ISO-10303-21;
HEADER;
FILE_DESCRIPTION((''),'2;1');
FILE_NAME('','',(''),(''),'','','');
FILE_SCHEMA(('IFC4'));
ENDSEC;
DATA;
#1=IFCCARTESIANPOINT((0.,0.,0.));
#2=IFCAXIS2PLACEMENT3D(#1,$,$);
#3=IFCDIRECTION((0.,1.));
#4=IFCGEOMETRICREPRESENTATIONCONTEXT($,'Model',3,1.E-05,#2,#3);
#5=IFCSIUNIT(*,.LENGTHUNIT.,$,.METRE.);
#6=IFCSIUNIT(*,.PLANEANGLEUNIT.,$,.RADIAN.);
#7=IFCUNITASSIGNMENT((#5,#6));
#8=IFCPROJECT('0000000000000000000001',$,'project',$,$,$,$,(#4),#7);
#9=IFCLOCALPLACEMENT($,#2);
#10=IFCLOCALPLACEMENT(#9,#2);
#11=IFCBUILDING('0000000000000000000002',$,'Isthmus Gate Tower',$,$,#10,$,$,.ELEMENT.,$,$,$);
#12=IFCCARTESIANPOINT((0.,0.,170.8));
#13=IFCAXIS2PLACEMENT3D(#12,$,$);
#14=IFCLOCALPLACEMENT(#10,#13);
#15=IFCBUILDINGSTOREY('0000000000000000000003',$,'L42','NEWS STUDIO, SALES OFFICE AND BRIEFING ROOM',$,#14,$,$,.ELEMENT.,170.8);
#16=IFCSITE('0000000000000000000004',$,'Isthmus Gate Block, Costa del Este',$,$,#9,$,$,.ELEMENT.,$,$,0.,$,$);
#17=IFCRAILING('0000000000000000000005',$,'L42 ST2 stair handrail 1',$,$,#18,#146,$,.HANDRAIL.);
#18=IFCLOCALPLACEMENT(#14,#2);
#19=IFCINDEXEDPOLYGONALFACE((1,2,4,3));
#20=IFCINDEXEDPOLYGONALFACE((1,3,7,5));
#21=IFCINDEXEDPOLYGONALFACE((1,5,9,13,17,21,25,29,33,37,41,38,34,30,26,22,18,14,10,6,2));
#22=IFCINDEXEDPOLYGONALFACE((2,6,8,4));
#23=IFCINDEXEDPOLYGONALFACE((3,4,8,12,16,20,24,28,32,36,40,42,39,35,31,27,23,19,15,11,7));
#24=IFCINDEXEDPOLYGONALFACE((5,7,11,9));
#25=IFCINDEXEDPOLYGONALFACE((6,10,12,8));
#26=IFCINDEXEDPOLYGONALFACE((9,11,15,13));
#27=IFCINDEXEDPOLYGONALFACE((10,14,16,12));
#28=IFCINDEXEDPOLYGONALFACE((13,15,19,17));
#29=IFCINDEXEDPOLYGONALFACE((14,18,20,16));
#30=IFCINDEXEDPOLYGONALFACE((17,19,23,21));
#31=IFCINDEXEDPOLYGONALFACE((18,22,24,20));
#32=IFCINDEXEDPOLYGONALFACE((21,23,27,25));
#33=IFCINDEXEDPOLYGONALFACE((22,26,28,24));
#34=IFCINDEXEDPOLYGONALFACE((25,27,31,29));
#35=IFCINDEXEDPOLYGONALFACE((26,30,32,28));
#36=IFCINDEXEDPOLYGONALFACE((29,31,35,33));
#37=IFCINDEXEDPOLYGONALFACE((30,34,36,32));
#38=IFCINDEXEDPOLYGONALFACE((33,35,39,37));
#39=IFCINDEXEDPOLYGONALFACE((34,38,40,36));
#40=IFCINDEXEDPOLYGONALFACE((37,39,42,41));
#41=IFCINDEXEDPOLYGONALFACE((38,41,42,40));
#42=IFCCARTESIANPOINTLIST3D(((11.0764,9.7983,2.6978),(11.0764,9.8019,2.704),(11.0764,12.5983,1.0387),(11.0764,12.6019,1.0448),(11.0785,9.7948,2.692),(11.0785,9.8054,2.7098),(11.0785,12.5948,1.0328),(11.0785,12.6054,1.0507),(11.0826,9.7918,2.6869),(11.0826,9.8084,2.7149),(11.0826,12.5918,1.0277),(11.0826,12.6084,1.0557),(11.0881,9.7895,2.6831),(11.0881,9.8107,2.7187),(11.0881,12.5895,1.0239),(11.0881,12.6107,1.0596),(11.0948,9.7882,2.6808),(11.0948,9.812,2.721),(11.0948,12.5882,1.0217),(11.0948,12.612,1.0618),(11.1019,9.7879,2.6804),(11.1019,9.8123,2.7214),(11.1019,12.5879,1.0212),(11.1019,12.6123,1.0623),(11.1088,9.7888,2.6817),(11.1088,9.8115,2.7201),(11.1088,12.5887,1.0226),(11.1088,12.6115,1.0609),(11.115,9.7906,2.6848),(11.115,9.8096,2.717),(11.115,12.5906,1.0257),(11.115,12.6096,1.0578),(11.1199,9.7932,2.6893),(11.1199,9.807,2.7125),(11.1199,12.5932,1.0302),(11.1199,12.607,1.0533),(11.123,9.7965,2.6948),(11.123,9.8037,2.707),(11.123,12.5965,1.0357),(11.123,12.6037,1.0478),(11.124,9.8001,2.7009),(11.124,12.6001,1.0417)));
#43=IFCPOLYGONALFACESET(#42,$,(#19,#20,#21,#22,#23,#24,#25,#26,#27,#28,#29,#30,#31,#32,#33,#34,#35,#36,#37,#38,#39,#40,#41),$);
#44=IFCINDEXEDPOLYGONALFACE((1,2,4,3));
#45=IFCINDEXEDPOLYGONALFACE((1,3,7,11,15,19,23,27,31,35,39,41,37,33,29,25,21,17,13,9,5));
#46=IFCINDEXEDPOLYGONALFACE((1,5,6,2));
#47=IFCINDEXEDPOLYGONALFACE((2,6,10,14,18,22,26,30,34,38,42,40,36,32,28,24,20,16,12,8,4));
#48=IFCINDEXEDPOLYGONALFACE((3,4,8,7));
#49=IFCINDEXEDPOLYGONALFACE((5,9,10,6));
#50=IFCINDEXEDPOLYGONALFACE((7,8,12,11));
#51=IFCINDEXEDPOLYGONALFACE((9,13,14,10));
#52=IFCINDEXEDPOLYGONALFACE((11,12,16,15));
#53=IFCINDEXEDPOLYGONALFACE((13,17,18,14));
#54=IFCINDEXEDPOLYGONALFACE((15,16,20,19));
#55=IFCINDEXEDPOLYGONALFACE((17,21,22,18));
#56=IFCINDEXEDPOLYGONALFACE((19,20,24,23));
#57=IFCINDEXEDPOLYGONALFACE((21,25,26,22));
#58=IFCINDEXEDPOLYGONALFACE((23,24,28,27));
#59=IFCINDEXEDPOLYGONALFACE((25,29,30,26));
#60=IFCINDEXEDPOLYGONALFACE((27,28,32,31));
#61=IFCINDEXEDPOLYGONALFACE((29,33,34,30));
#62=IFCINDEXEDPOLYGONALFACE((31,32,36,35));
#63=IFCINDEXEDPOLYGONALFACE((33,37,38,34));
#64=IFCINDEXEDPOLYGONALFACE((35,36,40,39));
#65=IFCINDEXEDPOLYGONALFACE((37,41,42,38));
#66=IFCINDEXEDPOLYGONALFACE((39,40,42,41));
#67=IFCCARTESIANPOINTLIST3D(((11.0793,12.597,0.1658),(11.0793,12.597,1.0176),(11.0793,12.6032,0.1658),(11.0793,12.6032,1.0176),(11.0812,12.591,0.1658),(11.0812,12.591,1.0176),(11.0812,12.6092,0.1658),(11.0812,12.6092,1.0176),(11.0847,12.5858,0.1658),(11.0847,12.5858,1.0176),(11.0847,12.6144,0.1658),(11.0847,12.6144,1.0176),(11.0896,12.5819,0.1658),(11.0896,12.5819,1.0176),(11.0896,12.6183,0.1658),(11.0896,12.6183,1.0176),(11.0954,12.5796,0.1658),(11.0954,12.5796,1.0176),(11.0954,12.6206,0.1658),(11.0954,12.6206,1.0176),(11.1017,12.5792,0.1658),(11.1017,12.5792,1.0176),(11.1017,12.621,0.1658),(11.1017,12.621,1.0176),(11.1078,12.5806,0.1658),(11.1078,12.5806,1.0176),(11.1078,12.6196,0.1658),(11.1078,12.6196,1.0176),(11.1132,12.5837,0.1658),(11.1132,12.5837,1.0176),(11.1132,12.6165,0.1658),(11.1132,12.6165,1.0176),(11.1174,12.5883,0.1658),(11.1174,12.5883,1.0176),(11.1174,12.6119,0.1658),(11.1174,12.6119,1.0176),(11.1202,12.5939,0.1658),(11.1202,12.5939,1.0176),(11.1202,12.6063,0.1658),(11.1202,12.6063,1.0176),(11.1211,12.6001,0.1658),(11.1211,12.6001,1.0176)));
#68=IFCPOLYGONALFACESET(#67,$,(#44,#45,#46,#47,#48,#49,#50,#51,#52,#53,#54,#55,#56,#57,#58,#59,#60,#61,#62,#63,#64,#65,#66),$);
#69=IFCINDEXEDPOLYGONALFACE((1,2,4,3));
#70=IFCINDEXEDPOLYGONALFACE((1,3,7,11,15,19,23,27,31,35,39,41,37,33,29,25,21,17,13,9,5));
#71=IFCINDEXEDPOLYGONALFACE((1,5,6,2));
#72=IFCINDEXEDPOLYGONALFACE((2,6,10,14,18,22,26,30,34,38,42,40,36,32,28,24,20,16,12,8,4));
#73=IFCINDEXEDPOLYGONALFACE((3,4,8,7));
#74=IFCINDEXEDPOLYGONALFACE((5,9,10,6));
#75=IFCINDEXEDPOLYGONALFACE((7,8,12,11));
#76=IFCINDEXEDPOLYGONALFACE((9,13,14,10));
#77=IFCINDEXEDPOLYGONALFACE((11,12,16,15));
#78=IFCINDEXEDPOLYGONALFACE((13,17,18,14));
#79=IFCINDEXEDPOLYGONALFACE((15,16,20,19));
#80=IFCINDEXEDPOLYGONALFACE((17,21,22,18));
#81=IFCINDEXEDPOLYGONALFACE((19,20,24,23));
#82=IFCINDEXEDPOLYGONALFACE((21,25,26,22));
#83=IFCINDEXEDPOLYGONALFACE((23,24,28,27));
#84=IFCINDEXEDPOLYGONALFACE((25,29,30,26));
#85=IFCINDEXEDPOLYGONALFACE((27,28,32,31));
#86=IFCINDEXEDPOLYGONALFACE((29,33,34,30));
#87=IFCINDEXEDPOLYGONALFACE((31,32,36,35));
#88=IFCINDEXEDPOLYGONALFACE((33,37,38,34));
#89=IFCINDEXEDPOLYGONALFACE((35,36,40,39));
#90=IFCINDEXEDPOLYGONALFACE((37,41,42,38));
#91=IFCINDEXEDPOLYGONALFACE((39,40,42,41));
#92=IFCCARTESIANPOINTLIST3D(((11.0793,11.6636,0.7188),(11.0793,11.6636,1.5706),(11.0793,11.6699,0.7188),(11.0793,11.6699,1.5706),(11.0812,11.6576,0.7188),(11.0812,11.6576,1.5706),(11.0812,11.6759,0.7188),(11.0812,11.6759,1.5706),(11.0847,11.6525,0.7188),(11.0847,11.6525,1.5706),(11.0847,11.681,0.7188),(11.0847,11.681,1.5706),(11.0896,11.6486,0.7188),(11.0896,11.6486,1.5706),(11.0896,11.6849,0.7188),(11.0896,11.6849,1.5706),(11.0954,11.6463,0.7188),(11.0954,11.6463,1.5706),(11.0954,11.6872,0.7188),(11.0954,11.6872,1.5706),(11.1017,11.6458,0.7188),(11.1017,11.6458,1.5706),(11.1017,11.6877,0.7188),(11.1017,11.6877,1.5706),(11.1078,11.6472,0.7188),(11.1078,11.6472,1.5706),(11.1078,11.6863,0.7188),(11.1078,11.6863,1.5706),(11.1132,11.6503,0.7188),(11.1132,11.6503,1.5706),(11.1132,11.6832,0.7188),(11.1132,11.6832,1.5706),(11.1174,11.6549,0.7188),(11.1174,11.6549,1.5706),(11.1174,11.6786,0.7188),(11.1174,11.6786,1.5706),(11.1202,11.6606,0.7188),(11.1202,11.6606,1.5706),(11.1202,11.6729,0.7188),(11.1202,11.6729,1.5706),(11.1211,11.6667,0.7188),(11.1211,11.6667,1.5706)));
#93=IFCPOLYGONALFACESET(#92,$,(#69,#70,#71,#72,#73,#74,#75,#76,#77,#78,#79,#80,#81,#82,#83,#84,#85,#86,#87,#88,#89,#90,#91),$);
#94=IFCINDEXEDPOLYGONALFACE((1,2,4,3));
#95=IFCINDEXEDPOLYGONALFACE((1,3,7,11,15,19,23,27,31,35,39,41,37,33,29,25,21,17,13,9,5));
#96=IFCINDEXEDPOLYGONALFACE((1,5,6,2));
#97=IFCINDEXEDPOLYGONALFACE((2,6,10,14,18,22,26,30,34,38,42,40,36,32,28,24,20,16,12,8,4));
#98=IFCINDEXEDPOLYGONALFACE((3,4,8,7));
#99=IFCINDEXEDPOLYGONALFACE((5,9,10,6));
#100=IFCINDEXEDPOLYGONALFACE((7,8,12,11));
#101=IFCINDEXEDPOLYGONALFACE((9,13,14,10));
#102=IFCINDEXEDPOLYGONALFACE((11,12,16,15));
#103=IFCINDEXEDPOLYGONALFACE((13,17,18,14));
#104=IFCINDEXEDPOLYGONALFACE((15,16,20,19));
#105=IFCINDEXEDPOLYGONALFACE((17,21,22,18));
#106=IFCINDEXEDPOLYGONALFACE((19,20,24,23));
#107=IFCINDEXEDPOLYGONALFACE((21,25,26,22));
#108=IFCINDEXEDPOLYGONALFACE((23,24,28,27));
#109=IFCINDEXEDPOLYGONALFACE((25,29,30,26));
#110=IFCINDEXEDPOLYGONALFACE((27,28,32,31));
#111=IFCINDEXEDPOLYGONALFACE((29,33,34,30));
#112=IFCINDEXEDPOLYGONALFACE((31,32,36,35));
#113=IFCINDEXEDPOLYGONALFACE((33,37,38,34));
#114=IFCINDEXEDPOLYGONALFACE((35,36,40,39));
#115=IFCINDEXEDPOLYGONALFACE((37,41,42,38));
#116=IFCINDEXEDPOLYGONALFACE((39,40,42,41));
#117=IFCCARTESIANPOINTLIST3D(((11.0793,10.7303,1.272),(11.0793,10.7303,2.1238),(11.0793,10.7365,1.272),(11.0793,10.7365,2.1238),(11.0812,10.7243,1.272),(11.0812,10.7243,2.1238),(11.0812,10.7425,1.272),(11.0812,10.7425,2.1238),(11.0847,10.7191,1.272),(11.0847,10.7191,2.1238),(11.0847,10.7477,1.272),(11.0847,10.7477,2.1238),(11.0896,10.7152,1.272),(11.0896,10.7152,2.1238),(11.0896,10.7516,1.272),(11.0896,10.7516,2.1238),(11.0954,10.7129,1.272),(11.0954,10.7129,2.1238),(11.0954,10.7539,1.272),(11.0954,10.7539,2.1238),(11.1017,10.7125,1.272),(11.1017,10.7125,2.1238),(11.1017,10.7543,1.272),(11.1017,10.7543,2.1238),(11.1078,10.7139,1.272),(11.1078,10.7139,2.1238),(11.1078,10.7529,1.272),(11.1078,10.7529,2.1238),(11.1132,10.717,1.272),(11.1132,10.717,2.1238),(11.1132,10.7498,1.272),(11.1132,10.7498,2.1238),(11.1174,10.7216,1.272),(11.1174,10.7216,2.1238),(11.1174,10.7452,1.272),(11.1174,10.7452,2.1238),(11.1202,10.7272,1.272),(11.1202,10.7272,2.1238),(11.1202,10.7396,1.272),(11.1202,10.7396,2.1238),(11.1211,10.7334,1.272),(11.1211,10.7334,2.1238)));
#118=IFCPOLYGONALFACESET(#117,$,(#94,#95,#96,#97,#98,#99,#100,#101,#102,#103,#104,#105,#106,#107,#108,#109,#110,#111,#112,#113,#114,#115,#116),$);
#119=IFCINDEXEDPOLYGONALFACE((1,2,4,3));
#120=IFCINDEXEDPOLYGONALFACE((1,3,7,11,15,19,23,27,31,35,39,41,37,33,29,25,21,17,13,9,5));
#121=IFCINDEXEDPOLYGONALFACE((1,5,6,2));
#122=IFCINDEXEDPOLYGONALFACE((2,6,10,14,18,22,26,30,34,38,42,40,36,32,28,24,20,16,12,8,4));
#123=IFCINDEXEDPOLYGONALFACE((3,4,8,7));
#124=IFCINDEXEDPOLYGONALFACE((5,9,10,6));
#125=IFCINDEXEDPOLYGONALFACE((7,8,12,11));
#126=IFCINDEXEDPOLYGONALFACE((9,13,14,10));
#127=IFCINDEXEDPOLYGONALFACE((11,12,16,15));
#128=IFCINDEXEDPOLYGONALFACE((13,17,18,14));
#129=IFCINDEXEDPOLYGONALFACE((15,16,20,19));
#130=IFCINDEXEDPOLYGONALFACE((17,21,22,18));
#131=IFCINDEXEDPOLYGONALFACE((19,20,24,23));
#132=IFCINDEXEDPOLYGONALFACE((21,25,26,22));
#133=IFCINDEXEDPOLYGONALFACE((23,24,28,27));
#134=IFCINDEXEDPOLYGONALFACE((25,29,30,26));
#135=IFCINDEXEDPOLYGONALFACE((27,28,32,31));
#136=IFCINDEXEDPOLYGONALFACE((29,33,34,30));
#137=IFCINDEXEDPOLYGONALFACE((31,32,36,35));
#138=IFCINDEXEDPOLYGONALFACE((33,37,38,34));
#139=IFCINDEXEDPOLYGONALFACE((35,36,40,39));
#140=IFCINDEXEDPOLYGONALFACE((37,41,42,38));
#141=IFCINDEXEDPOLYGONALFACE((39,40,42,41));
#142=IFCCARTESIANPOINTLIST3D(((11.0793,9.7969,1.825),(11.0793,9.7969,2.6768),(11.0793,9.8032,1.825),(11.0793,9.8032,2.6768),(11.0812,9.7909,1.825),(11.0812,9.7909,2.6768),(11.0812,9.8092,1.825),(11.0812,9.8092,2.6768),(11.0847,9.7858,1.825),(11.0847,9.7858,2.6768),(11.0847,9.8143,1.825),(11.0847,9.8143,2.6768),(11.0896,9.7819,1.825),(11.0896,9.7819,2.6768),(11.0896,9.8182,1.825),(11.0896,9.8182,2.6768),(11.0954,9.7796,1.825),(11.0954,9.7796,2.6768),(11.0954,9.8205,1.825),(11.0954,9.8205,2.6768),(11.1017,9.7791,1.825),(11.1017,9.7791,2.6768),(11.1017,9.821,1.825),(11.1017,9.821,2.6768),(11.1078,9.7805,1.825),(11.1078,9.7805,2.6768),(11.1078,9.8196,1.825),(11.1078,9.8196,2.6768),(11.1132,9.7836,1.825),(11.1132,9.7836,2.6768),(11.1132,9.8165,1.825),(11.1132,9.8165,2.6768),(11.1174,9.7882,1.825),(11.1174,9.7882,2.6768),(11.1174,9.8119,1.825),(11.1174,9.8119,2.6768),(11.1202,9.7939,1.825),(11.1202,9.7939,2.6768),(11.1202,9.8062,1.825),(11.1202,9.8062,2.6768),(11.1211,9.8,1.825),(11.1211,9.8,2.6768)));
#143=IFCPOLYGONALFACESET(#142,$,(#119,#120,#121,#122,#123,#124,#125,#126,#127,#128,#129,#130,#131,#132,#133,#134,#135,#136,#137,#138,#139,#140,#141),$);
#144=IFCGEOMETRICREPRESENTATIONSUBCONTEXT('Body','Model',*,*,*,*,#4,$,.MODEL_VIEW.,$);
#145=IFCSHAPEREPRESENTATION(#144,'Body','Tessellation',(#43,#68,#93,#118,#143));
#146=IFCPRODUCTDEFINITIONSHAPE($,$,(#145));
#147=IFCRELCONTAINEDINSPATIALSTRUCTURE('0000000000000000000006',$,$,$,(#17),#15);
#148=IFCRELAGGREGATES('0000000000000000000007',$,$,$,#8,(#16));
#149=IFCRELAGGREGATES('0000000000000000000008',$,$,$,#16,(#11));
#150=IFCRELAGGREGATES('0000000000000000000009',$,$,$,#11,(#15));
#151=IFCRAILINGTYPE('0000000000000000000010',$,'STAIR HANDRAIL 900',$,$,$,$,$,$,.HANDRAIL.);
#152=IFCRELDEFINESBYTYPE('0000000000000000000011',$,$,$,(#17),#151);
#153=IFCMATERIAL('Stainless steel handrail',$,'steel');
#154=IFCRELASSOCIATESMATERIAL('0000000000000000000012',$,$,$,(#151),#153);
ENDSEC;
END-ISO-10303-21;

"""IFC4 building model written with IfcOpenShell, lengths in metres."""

from ifc_helpers import new_model, si_unit, direction, frame, origin, origin_2d, place, context, subcontext, project, spatial, circle, extrude, material, type_object, element, save


model = new_model("IFC4")

# Units and contexts
model_context = context("Model", 3, precision=1e-05, world=origin(), true_north=direction((0.0, 1.0)))
body_context = subcontext(model_context, "Body", "Model", "MODEL_VIEW")
ifc_project = project(units=[si_unit("LENGTHUNIT", "METRE"), si_unit("PLANEANGLEUNIT", "RADIAN")], contexts=[model_context])

# Site, building, storey
site_placement = place(None, origin())
site = spatial("IfcSite", under=ifc_project, at=site_placement, Name="Isthmus Gate Block, Costa del Este", CompositionType="ELEMENT", RefElevation=0.0)
building_placement = place(site_placement, origin())
building = spatial("IfcBuilding", under=site, at=building_placement, Name="Isthmus Gate Tower", CompositionType="ELEMENT")
storey_placement = place(building_placement, frame((0.0, 0.0, 170.8)))
storey = spatial("IfcBuildingStorey", under=building, at=storey_placement, Name="L42", Description="NEWS STUDIO, SALES OFFICE AND BRIEFING ROOM", CompositionType="ELEMENT", Elevation=170.8)

# Railing
ifc_material_1 = material(Name="Stainless steel handrail", Category="steel")
railing_type_1 = type_object("IfcRailingType", Name="STAIR HANDRAIL 900", PredefinedType="HANDRAIL", material=ifc_material_1)
railing_1_placement = place(storey_placement, frame((11.1001, 12.6001, 0.1658)))
element("IfcRailing", 1, at=railing_1_placement, inside=storey, type_object=railing_type_1, Name="L42 ST2 stair handrail 1", PredefinedType="HANDRAIL", context=body_context, shape_type="SweptSolid", body=[
    extrude(circle(Radius=0.0239, at=origin_2d()), frame((0.0, 0.0, 0.876), z_axis=(0.0, -0.860306, 0.509778), x_axis=(1.0, 0.0, 0.0)), (0.0, 0.0, 1.0), 3.2546),
    extrude(circle(Radius=0.021, at=origin_2d()), origin(), (0.0, 0.0, 1.0), 0.8518),
    extrude(circle(Radius=0.021, at=origin_2d()), frame((0.0, -0.9333, 0.553)), (0.0, 0.0, 1.0), 0.8518),
    extrude(circle(Radius=0.021, at=origin_2d()), frame((0.0, -1.8667, 1.1062)), (0.0, 0.0, 1.0), 0.8518),
    extrude(circle(Radius=0.021, at=origin_2d()), frame((0.0, -2.8, 1.6592)), (0.0, 0.0, 1.0), 0.8518),
])

save(model, "model.ifc")
